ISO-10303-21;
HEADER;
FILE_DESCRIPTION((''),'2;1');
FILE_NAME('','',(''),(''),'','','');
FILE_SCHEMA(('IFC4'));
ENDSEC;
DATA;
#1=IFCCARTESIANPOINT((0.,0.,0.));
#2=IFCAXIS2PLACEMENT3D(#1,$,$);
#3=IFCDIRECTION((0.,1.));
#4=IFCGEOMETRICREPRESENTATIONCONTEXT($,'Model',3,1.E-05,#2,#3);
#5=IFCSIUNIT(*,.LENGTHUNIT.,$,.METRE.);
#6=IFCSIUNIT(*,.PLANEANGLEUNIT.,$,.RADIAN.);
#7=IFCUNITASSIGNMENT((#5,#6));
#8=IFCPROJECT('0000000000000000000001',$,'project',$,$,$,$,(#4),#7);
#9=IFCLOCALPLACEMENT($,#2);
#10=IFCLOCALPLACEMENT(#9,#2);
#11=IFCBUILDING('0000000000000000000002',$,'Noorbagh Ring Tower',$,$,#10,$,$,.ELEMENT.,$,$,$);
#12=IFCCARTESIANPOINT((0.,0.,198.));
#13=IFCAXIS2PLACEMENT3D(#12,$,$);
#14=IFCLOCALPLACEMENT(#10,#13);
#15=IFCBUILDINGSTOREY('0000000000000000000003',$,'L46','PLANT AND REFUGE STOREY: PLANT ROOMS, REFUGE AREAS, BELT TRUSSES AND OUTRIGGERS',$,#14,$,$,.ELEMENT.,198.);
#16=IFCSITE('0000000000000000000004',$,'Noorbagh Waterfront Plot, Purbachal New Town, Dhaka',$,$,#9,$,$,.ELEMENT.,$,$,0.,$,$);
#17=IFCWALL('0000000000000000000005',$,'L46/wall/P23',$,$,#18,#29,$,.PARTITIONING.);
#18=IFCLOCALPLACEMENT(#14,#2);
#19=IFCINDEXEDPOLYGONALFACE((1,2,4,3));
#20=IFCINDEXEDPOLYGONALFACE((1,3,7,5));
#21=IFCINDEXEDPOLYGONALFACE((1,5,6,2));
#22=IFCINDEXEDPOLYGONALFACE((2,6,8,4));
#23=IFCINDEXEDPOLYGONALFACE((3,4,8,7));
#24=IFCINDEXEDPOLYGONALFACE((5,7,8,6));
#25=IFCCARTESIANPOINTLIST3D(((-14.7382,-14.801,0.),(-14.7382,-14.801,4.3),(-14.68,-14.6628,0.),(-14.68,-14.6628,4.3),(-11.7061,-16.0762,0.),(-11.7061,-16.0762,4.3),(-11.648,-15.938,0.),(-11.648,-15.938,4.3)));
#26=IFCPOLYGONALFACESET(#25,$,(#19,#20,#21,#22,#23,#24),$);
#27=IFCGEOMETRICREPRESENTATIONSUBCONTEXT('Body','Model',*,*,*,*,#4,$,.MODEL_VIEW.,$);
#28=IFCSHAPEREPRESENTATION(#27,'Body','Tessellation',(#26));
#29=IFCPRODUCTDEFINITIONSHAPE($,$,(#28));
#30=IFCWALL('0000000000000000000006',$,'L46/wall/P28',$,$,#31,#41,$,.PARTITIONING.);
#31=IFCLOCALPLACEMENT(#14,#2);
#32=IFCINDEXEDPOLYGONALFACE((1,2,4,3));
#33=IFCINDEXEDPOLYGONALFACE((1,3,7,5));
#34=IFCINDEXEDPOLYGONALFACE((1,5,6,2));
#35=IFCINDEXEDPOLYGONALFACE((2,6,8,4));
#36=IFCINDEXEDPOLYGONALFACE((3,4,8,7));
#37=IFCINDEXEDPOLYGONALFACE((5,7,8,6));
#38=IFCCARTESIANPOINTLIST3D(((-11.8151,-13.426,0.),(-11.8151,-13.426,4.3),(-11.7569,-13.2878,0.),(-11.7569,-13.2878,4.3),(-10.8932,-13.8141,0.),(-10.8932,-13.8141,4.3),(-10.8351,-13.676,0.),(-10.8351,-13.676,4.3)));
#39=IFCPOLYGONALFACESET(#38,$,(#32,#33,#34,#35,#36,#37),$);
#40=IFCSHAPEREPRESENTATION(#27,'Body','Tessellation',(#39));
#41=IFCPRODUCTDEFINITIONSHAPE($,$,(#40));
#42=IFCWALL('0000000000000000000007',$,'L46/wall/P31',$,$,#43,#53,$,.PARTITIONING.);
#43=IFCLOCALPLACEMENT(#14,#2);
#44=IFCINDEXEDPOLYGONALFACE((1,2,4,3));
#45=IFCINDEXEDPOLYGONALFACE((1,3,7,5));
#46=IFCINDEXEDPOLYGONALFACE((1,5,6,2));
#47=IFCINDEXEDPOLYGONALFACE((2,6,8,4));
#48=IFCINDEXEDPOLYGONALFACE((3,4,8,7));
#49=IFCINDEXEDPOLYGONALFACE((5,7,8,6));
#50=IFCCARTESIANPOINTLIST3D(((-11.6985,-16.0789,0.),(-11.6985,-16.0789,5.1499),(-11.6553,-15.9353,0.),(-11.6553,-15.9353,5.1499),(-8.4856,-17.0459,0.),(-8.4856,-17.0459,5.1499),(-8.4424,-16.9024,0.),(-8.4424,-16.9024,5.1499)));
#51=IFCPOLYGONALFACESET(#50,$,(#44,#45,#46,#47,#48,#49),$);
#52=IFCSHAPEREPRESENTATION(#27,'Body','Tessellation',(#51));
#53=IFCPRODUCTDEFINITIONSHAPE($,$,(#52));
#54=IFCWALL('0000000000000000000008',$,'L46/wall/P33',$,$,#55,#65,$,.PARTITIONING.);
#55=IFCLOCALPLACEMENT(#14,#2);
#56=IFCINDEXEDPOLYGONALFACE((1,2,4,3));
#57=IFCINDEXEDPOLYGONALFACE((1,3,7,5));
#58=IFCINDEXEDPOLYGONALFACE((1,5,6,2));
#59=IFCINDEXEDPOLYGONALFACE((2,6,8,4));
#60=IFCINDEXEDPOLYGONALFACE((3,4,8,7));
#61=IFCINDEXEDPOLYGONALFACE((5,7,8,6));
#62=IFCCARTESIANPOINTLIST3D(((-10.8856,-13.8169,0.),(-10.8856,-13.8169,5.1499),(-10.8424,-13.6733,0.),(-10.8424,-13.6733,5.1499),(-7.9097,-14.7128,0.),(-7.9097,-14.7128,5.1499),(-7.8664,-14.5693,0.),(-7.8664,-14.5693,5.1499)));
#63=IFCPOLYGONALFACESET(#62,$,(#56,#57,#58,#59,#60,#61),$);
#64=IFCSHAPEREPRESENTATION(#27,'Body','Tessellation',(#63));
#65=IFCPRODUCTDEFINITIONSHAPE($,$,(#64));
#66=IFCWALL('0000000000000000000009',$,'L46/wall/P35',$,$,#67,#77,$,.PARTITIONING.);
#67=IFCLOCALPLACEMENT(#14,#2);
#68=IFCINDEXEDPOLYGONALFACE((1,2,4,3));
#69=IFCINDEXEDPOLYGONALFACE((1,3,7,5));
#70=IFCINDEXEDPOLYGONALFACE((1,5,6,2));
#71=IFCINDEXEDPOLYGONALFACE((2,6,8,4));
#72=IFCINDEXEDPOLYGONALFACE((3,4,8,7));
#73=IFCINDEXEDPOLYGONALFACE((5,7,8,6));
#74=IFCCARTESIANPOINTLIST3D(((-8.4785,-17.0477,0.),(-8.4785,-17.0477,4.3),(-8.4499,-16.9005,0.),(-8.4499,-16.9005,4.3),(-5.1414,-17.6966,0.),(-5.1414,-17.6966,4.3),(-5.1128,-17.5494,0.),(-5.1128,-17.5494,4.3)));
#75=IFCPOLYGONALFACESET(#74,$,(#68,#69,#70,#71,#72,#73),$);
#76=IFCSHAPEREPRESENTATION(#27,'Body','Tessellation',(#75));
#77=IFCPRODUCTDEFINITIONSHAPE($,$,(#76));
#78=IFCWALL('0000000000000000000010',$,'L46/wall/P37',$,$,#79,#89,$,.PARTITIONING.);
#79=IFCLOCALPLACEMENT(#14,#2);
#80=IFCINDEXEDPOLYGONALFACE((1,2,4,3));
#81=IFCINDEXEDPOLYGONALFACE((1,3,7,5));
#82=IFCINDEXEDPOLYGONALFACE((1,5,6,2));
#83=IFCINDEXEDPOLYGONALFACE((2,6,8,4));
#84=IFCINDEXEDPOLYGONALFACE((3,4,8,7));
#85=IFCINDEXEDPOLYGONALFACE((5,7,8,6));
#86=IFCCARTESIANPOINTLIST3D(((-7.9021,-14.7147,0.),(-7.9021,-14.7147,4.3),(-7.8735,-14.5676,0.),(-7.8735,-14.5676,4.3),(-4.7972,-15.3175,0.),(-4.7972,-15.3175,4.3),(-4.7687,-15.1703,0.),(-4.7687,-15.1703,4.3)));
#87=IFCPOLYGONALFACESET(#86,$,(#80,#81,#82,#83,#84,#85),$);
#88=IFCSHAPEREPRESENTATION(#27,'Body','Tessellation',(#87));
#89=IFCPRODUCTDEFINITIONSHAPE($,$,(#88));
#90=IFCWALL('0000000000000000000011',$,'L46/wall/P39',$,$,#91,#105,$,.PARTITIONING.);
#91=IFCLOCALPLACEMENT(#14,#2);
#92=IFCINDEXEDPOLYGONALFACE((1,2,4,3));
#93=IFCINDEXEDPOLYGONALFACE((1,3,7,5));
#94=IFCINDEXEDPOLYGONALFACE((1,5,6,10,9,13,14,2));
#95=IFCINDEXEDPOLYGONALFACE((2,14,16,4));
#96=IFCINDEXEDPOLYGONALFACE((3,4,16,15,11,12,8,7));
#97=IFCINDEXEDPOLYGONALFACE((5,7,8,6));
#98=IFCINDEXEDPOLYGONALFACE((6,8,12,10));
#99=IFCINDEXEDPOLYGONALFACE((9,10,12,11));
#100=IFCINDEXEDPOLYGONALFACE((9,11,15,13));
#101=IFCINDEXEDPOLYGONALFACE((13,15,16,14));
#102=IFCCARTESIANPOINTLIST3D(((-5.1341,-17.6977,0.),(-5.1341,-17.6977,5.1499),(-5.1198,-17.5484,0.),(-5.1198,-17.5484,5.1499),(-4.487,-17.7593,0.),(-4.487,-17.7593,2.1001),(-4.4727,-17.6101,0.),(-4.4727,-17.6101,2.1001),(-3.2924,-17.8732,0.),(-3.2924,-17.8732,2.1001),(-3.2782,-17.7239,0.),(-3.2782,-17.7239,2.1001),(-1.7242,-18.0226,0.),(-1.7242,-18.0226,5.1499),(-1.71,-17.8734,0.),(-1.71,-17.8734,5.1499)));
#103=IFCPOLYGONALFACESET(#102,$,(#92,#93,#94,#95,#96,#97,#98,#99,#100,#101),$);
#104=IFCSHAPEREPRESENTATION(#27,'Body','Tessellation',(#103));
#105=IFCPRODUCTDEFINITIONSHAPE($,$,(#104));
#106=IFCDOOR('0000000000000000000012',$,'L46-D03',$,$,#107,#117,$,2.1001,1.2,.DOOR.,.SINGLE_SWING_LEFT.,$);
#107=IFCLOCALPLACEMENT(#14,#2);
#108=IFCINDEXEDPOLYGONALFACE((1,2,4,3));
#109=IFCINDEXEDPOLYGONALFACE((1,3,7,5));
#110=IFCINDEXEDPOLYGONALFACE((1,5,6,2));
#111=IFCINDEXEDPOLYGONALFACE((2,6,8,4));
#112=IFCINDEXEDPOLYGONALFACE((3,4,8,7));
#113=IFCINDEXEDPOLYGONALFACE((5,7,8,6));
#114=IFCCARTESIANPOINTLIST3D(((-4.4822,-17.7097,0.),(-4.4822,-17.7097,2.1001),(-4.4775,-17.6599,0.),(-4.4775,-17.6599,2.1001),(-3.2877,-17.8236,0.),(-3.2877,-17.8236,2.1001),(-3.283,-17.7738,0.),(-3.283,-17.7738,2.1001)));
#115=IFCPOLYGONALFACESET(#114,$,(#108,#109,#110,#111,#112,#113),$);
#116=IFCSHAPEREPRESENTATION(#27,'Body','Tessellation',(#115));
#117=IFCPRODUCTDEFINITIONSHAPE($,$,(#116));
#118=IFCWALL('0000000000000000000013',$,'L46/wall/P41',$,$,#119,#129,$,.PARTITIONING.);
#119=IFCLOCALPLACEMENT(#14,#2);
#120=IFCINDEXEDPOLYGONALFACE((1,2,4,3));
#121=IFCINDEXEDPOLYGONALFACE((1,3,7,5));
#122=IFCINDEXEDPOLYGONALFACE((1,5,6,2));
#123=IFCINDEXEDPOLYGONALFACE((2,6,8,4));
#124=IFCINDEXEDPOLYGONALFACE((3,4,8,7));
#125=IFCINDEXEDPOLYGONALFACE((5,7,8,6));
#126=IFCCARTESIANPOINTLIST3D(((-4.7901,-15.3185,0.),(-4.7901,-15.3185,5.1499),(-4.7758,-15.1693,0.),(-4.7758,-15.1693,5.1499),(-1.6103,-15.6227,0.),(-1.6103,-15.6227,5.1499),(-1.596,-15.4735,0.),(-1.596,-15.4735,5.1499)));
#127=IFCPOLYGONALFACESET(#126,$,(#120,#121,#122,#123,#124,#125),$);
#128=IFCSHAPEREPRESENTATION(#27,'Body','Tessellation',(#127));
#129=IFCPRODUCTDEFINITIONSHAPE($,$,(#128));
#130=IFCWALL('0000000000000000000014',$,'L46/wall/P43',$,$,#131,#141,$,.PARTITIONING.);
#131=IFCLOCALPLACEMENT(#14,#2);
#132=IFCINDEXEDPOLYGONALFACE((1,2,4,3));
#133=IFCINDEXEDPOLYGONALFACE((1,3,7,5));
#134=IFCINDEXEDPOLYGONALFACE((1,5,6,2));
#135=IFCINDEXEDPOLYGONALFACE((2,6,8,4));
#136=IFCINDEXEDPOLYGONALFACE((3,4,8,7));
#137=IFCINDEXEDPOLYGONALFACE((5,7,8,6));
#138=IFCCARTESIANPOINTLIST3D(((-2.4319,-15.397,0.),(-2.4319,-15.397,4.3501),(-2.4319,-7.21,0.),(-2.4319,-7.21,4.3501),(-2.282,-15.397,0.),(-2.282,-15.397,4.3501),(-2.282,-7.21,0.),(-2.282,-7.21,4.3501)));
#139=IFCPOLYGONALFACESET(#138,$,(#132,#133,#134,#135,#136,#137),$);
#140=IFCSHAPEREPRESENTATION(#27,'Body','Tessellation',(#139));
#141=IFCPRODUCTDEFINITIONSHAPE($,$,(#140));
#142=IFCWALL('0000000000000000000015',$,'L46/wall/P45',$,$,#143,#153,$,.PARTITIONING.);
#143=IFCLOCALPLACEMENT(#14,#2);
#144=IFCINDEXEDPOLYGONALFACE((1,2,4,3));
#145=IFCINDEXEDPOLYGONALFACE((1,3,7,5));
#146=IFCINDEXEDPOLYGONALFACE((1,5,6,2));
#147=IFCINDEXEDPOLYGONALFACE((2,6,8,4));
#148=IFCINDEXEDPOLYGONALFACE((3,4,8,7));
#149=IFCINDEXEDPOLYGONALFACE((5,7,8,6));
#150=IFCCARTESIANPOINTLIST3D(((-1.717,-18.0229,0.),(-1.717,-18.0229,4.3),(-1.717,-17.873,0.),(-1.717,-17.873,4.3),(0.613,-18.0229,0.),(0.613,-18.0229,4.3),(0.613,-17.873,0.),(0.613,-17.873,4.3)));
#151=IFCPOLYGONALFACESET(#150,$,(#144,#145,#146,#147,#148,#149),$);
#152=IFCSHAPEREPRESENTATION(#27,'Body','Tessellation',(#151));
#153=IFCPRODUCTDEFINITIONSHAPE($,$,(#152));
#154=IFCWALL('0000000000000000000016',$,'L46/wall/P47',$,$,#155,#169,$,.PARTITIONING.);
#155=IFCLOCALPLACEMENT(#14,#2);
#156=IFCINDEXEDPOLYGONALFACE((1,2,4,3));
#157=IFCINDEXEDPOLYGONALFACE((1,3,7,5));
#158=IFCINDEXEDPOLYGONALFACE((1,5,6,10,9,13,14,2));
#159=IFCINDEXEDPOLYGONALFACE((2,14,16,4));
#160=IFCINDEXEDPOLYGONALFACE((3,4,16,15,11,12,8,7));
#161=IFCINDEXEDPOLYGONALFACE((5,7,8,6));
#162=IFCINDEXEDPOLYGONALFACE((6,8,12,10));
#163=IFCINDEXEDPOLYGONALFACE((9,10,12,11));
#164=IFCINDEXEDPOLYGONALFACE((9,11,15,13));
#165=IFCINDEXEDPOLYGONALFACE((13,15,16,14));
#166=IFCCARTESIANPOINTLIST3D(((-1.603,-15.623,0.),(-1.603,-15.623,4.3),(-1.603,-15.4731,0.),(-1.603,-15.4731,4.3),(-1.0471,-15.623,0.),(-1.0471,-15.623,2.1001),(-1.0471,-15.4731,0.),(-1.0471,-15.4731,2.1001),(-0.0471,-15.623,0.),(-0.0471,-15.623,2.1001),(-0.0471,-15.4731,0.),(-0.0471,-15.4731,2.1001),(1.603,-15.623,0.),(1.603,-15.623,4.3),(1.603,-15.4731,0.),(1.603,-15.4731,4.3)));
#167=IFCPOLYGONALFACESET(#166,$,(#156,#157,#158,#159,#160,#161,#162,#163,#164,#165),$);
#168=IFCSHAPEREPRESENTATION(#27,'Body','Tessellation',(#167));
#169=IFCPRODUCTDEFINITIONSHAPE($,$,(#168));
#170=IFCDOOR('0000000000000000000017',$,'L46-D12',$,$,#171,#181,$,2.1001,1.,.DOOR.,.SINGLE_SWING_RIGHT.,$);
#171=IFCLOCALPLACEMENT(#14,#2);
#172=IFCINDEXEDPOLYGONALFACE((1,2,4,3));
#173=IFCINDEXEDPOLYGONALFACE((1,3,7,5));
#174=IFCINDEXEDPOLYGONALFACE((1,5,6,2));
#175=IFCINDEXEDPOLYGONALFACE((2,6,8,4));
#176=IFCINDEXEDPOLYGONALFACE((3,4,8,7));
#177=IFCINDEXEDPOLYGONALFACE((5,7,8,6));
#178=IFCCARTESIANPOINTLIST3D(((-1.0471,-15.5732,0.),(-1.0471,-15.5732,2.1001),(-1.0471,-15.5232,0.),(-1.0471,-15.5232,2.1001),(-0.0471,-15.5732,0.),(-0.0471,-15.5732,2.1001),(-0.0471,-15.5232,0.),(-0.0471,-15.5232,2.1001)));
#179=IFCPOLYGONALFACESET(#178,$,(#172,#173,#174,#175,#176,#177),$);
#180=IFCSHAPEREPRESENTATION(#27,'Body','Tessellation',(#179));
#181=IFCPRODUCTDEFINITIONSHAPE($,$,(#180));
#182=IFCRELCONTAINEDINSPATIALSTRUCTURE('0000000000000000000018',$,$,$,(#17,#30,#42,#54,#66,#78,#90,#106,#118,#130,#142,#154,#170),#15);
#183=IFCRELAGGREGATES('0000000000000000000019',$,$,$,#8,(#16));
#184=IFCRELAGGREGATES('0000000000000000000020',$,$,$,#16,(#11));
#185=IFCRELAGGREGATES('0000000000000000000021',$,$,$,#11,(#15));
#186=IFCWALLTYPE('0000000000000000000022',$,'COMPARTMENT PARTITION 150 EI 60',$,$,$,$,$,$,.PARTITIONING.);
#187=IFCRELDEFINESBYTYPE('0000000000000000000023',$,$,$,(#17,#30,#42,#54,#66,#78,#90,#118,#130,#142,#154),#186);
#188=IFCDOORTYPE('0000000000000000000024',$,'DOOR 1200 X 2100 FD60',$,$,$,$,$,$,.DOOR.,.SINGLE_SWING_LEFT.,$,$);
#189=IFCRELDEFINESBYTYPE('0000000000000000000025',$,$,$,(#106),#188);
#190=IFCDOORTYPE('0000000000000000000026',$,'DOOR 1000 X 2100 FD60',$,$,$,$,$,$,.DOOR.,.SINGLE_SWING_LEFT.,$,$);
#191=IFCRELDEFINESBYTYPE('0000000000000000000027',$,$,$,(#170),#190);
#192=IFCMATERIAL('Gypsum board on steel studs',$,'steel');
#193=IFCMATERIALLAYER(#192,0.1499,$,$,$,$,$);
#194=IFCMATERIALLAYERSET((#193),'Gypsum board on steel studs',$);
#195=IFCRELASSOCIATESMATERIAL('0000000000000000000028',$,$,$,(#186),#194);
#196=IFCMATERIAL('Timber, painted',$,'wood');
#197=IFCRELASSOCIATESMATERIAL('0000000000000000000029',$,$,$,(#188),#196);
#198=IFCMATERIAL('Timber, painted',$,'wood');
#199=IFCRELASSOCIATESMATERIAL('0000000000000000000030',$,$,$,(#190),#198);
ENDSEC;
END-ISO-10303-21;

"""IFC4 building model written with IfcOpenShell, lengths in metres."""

from ifc_helpers import new_model, si_unit, direction, frame, frame_2d, origin, place, context, subcontext, project, spatial, rectangle, extrude, material, layer, layer_set, type_object, element, fill, save


model = new_model("IFC4")

# Units and contexts
model_context = context("Model", 3, precision=1e-05, world=origin(), true_north=direction((0.0, 1.0)))
body_context = subcontext(model_context, "Body", "Model", "MODEL_VIEW")
ifc_project = project(units=[si_unit("LENGTHUNIT", "METRE"), si_unit("PLANEANGLEUNIT", "RADIAN")], contexts=[model_context])

# Site, building, storey
site_placement = place(None, origin())
site = spatial("IfcSite", under=ifc_project, at=site_placement, Name="Noorbagh Waterfront Plot, Purbachal New Town, Dhaka", CompositionType="ELEMENT", RefElevation=0.0)
building_placement = place(site_placement, origin())
building = spatial("IfcBuilding", under=site, at=building_placement, Name="Noorbagh Ring Tower", CompositionType="ELEMENT")
storey_placement = place(building_placement, frame((0.0, 0.0, 198.0)))
storey = spatial("IfcBuildingStorey", under=building, at=storey_placement, Name="L46", Description="PLANT AND REFUGE STOREY: PLANT ROOMS, REFUGE AREAS, BELT TRUSSES AND OUTRIGGERS", CompositionType="ELEMENT", Elevation=198.0)

# Walls
ifc_material_1 = material(Name="Gypsum board on steel studs", Category="steel")
ifc_layer_1 = layer(ifc_material_1, 0.1499)
ifc_layer_set_1 = layer_set([ifc_layer_1], Name="Gypsum board on steel studs")
wall_type_1 = type_object("IfcWallType", Name="COMPARTMENT PARTITION 150 EI 60", PredefinedType="PARTITIONING", material=ifc_layer_set_1)
wall_1_placement = place(storey_placement, frame((-14.709, -14.7319, 0.0), z_axis=(0.0, 0.0, 1.0), x_axis=(0.921796, -0.387675, 0.0)))
element("IfcWall", 1, at=wall_1_placement, inside=storey, type_object=wall_type_1, Name="L46/wall/P23", PredefinedType="PARTITIONING", context=body_context, shape_type="SweptSolid", body=[
    extrude(rectangle(XDim=3.2893, YDim=0.1499, at=frame_2d((1.6445, 0.0))), origin(), (0.0, 0.0, 1.0), 4.3),
])
wall_2_placement = place(storey_placement, frame((-11.7859, -13.3569, 0.0), z_axis=(0.0, 0.0, 1.0), x_axis=(0.921626, -0.388079, 0.0)))
element("IfcWall", 2, at=wall_2_placement, inside=storey, type_object=wall_type_1, Name="L46/wall/P28", PredefinedType="PARTITIONING", context=body_context, shape_type="SweptSolid", body=[
    extrude(rectangle(XDim=1.0002, YDim=0.1499, at=frame_2d((0.5, 0.0))), origin(), (0.0, 0.0, 1.0), 4.3),
])
wall_3_placement = place(storey_placement, frame((-11.677, -16.0071, 0.0), z_axis=(0.0, 0.0, 1.0), x_axis=(0.957566, -0.288216, 0.0)))
element("IfcWall", 3, at=wall_3_placement, inside=storey, type_object=wall_type_1, Name="L46/wall/P31", PredefinedType="PARTITIONING", context=body_context, shape_type="SweptSolid", body=[
    extrude(rectangle(XDim=3.3552, YDim=0.1499, at=frame_2d((1.6777, 0.0))), origin(), (0.0, 0.0, 1.0), 5.1499),
])
wall_4_placement = place(storey_placement, frame((-10.864, -13.7451, 0.0), z_axis=(0.0, 0.0, 1.0), x_axis=(0.957545, -0.288285, 0.0)))
element("IfcWall", 4, at=wall_4_placement, inside=storey, type_object=wall_type_1, Name="L46/wall/P33", PredefinedType="PARTITIONING", context=body_context, shape_type="SweptSolid", body=[
    extrude(rectangle(XDim=3.1079, YDim=0.1499, at=frame_2d((1.554, 0.0))), origin(), (0.0, 0.0, 1.0), 5.1499),
])
wall_5_placement = place(storey_placement, frame((-8.4641, -16.9741, 0.0), z_axis=(0.0, 0.0, 1.0), x_axis=(0.981614, -0.190879, 0.0)))
element("IfcWall", 5, at=wall_5_placement, inside=storey, type_object=wall_type_1, Name="L46/wall/P35", PredefinedType="PARTITIONING", context=body_context, shape_type="SweptSolid", body=[
    extrude(rectangle(XDim=3.3997, YDim=0.1499, at=frame_2d((1.6997, 0.0))), origin(), (0.0, 0.0, 1.0), 4.3),
])
wall_6_placement = place(storey_placement, frame((-7.8879, -14.6411, 0.0), z_axis=(0.0, 0.0, 1.0), x_axis=(0.981672, -0.190576, 0.0)))
element("IfcWall", 6, at=wall_6_placement, inside=storey, type_object=wall_type_1, Name="L46/wall/P37", PredefinedType="PARTITIONING", context=body_context, shape_type="SweptSolid", body=[
    extrude(rectangle(XDim=3.1628, YDim=0.1499, at=frame_2d((1.5815, 0.0))), origin(), (0.0, 0.0, 1.0), 4.3),
])

# Wall, opening, door
wall_7_placement = place(storey_placement, frame((-5.127, -17.623, 0.0), z_axis=(0.0, 0.0, 1.0), x_axis=(0.99549, -0.094866, 0.0)))
wall_7 = element("IfcWall", 7, at=wall_7_placement, inside=storey, type_object=wall_type_1, Name="L46/wall/P39", PredefinedType="PARTITIONING", context=body_context, shape_type="SweptSolid", body=[
    extrude(rectangle(XDim=3.4253, YDim=0.1499, at=frame_2d((1.7126, 0.0))), origin(), (0.0, 0.0, 1.0), 5.1499),
])
opening_1_placement = place(wall_7_placement, frame((0.6499, 0.0, 0.0)))
opening_1 = element("IfcOpeningElement", 8, at=opening_1_placement, cuts=wall_7, PredefinedType="OPENING", context=body_context, shape_type="SweptSolid", body=[
    extrude(rectangle(XDim=1.2, YDim=2.1001, at=frame_2d((0.6001, 1.05))), frame((0.0, 0.085, 0.0), z_axis=(0.0, -1.0, 0.0), x_axis=(1.0, 0.0, 0.0)), (0.0, 0.0, 1.0), 0.1699),
])
ifc_material_2 = material(Name="Timber, painted", Category="wood")
door_type_1 = type_object("IfcDoorType", Name="DOOR 1200 X 2100 FD60", OperationType="SINGLE_SWING_LEFT", PredefinedType="DOOR", material=ifc_material_2)
door_1_placement = place(opening_1_placement, origin())
door_1 = element("IfcDoor", 9, at=door_1_placement, inside=storey, type_object=door_type_1, Name="L46-D03", OperationType="SINGLE_SWING_LEFT", OverallHeight=2.1001, OverallWidth=1.2, PredefinedType="DOOR", context=body_context, shape_type="SweptSolid", body=[
    extrude(rectangle(XDim=1.2, YDim=2.1001, at=frame_2d((0.6001, 1.05))), frame((0.0, 0.0249, 0.0), z_axis=(0.0, -1.0, 0.0), x_axis=(1.0, 0.0, 0.0)), (0.0, 0.0, 1.0), 0.05),
])
fill(opening_1, door_1)

# Walls
wall_8_placement = place(storey_placement, frame((-4.783, -15.2439, 0.0), z_axis=(0.0, 0.0, 1.0), x_axis=(0.995456, -0.095227, 0.0)))
element("IfcWall", 10, at=wall_8_placement, inside=storey, type_object=wall_type_1, Name="L46/wall/P41", PredefinedType="PARTITIONING", context=body_context, shape_type="SweptSolid", body=[
    extrude(rectangle(XDim=3.1943, YDim=0.1499, at=frame_2d((1.5972, 0.0))), origin(), (0.0, 0.0, 1.0), 5.1499),
])
wall_9_placement = place(storey_placement, frame((-2.3569, -15.397, 0.0), z_axis=(0.0, 0.0, 1.0), x_axis=(0.0, 1.0, 0.0)))
element("IfcWall", 11, at=wall_9_placement, inside=storey, type_object=wall_type_1, Name="L46/wall/P43", PredefinedType="PARTITIONING", context=body_context, shape_type="SweptSolid", body=[
    extrude(rectangle(XDim=8.187, YDim=0.1499, at=frame_2d((4.0935, 0.0))), origin(), (0.0, 0.0, 1.0), 4.3501),
])
wall_10_placement = place(storey_placement, frame((-1.717, -17.948, 0.0), z_axis=(0.0, 0.0, 1.0), x_axis=(1.0, 0.0, 0.0)))
element("IfcWall", 12, at=wall_10_placement, inside=storey, type_object=wall_type_1, Name="L46/wall/P45", PredefinedType="PARTITIONING", context=body_context, shape_type="SweptSolid", body=[
    extrude(rectangle(XDim=2.3301, YDim=0.1499, at=frame_2d((1.165, 0.0))), origin(), (0.0, 0.0, 1.0), 4.3),
])

# Wall, opening, door
wall_11_placement = place(storey_placement, frame((-1.603, -15.5481, 0.0), z_axis=(0.0, 0.0, 1.0), x_axis=(1.0, 0.0, 0.0)))
wall_11 = element("IfcWall", 13, at=wall_11_placement, inside=storey, type_object=wall_type_1, Name="L46/wall/P47", PredefinedType="PARTITIONING", context=body_context, shape_type="SweptSolid", body=[
    extrude(rectangle(XDim=3.2061, YDim=0.1499, at=frame_2d((1.603, 0.0))), origin(), (0.0, 0.0, 1.0), 4.3),
])
opening_2_placement = place(wall_11_placement, frame((0.5559, 0.0, 0.0)))
opening_2 = element("IfcOpeningElement", 14, at=opening_2_placement, cuts=wall_11, PredefinedType="OPENING", context=body_context, shape_type="SweptSolid", body=[
    extrude(rectangle(XDim=1.0, YDim=2.1001, at=frame_2d((0.5, 1.05))), frame((0.0, 0.085, 0.0), z_axis=(0.0, -1.0, 0.0), x_axis=(1.0, 0.0, 0.0)), (0.0, 0.0, 1.0), 0.1699),
])
ifc_material_3 = material(Name="Timber, painted", Category="wood")
door_type_2 = type_object("IfcDoorType", Name="DOOR 1000 X 2100 FD60", OperationType="SINGLE_SWING_LEFT", PredefinedType="DOOR", material=ifc_material_3)
door_2_placement = place(opening_2_placement, origin())
door_2 = element("IfcDoor", 15, at=door_2_placement, inside=storey, type_object=door_type_2, Name="L46-D12", OperationType="SINGLE_SWING_RIGHT", OverallHeight=2.1001, OverallWidth=1.0, PredefinedType="DOOR", context=body_context, shape_type="SweptSolid", body=[
    extrude(rectangle(XDim=1.0, YDim=2.1001, at=frame_2d((0.5, 1.05))), frame((0.0, 0.0249, 0.0), z_axis=(0.0, -1.0, 0.0), x_axis=(1.0, 0.0, 0.0)), (0.0, 0.0, 1.0), 0.05),
])
fill(opening_2, door_2)

save(model, "model.ifc")
